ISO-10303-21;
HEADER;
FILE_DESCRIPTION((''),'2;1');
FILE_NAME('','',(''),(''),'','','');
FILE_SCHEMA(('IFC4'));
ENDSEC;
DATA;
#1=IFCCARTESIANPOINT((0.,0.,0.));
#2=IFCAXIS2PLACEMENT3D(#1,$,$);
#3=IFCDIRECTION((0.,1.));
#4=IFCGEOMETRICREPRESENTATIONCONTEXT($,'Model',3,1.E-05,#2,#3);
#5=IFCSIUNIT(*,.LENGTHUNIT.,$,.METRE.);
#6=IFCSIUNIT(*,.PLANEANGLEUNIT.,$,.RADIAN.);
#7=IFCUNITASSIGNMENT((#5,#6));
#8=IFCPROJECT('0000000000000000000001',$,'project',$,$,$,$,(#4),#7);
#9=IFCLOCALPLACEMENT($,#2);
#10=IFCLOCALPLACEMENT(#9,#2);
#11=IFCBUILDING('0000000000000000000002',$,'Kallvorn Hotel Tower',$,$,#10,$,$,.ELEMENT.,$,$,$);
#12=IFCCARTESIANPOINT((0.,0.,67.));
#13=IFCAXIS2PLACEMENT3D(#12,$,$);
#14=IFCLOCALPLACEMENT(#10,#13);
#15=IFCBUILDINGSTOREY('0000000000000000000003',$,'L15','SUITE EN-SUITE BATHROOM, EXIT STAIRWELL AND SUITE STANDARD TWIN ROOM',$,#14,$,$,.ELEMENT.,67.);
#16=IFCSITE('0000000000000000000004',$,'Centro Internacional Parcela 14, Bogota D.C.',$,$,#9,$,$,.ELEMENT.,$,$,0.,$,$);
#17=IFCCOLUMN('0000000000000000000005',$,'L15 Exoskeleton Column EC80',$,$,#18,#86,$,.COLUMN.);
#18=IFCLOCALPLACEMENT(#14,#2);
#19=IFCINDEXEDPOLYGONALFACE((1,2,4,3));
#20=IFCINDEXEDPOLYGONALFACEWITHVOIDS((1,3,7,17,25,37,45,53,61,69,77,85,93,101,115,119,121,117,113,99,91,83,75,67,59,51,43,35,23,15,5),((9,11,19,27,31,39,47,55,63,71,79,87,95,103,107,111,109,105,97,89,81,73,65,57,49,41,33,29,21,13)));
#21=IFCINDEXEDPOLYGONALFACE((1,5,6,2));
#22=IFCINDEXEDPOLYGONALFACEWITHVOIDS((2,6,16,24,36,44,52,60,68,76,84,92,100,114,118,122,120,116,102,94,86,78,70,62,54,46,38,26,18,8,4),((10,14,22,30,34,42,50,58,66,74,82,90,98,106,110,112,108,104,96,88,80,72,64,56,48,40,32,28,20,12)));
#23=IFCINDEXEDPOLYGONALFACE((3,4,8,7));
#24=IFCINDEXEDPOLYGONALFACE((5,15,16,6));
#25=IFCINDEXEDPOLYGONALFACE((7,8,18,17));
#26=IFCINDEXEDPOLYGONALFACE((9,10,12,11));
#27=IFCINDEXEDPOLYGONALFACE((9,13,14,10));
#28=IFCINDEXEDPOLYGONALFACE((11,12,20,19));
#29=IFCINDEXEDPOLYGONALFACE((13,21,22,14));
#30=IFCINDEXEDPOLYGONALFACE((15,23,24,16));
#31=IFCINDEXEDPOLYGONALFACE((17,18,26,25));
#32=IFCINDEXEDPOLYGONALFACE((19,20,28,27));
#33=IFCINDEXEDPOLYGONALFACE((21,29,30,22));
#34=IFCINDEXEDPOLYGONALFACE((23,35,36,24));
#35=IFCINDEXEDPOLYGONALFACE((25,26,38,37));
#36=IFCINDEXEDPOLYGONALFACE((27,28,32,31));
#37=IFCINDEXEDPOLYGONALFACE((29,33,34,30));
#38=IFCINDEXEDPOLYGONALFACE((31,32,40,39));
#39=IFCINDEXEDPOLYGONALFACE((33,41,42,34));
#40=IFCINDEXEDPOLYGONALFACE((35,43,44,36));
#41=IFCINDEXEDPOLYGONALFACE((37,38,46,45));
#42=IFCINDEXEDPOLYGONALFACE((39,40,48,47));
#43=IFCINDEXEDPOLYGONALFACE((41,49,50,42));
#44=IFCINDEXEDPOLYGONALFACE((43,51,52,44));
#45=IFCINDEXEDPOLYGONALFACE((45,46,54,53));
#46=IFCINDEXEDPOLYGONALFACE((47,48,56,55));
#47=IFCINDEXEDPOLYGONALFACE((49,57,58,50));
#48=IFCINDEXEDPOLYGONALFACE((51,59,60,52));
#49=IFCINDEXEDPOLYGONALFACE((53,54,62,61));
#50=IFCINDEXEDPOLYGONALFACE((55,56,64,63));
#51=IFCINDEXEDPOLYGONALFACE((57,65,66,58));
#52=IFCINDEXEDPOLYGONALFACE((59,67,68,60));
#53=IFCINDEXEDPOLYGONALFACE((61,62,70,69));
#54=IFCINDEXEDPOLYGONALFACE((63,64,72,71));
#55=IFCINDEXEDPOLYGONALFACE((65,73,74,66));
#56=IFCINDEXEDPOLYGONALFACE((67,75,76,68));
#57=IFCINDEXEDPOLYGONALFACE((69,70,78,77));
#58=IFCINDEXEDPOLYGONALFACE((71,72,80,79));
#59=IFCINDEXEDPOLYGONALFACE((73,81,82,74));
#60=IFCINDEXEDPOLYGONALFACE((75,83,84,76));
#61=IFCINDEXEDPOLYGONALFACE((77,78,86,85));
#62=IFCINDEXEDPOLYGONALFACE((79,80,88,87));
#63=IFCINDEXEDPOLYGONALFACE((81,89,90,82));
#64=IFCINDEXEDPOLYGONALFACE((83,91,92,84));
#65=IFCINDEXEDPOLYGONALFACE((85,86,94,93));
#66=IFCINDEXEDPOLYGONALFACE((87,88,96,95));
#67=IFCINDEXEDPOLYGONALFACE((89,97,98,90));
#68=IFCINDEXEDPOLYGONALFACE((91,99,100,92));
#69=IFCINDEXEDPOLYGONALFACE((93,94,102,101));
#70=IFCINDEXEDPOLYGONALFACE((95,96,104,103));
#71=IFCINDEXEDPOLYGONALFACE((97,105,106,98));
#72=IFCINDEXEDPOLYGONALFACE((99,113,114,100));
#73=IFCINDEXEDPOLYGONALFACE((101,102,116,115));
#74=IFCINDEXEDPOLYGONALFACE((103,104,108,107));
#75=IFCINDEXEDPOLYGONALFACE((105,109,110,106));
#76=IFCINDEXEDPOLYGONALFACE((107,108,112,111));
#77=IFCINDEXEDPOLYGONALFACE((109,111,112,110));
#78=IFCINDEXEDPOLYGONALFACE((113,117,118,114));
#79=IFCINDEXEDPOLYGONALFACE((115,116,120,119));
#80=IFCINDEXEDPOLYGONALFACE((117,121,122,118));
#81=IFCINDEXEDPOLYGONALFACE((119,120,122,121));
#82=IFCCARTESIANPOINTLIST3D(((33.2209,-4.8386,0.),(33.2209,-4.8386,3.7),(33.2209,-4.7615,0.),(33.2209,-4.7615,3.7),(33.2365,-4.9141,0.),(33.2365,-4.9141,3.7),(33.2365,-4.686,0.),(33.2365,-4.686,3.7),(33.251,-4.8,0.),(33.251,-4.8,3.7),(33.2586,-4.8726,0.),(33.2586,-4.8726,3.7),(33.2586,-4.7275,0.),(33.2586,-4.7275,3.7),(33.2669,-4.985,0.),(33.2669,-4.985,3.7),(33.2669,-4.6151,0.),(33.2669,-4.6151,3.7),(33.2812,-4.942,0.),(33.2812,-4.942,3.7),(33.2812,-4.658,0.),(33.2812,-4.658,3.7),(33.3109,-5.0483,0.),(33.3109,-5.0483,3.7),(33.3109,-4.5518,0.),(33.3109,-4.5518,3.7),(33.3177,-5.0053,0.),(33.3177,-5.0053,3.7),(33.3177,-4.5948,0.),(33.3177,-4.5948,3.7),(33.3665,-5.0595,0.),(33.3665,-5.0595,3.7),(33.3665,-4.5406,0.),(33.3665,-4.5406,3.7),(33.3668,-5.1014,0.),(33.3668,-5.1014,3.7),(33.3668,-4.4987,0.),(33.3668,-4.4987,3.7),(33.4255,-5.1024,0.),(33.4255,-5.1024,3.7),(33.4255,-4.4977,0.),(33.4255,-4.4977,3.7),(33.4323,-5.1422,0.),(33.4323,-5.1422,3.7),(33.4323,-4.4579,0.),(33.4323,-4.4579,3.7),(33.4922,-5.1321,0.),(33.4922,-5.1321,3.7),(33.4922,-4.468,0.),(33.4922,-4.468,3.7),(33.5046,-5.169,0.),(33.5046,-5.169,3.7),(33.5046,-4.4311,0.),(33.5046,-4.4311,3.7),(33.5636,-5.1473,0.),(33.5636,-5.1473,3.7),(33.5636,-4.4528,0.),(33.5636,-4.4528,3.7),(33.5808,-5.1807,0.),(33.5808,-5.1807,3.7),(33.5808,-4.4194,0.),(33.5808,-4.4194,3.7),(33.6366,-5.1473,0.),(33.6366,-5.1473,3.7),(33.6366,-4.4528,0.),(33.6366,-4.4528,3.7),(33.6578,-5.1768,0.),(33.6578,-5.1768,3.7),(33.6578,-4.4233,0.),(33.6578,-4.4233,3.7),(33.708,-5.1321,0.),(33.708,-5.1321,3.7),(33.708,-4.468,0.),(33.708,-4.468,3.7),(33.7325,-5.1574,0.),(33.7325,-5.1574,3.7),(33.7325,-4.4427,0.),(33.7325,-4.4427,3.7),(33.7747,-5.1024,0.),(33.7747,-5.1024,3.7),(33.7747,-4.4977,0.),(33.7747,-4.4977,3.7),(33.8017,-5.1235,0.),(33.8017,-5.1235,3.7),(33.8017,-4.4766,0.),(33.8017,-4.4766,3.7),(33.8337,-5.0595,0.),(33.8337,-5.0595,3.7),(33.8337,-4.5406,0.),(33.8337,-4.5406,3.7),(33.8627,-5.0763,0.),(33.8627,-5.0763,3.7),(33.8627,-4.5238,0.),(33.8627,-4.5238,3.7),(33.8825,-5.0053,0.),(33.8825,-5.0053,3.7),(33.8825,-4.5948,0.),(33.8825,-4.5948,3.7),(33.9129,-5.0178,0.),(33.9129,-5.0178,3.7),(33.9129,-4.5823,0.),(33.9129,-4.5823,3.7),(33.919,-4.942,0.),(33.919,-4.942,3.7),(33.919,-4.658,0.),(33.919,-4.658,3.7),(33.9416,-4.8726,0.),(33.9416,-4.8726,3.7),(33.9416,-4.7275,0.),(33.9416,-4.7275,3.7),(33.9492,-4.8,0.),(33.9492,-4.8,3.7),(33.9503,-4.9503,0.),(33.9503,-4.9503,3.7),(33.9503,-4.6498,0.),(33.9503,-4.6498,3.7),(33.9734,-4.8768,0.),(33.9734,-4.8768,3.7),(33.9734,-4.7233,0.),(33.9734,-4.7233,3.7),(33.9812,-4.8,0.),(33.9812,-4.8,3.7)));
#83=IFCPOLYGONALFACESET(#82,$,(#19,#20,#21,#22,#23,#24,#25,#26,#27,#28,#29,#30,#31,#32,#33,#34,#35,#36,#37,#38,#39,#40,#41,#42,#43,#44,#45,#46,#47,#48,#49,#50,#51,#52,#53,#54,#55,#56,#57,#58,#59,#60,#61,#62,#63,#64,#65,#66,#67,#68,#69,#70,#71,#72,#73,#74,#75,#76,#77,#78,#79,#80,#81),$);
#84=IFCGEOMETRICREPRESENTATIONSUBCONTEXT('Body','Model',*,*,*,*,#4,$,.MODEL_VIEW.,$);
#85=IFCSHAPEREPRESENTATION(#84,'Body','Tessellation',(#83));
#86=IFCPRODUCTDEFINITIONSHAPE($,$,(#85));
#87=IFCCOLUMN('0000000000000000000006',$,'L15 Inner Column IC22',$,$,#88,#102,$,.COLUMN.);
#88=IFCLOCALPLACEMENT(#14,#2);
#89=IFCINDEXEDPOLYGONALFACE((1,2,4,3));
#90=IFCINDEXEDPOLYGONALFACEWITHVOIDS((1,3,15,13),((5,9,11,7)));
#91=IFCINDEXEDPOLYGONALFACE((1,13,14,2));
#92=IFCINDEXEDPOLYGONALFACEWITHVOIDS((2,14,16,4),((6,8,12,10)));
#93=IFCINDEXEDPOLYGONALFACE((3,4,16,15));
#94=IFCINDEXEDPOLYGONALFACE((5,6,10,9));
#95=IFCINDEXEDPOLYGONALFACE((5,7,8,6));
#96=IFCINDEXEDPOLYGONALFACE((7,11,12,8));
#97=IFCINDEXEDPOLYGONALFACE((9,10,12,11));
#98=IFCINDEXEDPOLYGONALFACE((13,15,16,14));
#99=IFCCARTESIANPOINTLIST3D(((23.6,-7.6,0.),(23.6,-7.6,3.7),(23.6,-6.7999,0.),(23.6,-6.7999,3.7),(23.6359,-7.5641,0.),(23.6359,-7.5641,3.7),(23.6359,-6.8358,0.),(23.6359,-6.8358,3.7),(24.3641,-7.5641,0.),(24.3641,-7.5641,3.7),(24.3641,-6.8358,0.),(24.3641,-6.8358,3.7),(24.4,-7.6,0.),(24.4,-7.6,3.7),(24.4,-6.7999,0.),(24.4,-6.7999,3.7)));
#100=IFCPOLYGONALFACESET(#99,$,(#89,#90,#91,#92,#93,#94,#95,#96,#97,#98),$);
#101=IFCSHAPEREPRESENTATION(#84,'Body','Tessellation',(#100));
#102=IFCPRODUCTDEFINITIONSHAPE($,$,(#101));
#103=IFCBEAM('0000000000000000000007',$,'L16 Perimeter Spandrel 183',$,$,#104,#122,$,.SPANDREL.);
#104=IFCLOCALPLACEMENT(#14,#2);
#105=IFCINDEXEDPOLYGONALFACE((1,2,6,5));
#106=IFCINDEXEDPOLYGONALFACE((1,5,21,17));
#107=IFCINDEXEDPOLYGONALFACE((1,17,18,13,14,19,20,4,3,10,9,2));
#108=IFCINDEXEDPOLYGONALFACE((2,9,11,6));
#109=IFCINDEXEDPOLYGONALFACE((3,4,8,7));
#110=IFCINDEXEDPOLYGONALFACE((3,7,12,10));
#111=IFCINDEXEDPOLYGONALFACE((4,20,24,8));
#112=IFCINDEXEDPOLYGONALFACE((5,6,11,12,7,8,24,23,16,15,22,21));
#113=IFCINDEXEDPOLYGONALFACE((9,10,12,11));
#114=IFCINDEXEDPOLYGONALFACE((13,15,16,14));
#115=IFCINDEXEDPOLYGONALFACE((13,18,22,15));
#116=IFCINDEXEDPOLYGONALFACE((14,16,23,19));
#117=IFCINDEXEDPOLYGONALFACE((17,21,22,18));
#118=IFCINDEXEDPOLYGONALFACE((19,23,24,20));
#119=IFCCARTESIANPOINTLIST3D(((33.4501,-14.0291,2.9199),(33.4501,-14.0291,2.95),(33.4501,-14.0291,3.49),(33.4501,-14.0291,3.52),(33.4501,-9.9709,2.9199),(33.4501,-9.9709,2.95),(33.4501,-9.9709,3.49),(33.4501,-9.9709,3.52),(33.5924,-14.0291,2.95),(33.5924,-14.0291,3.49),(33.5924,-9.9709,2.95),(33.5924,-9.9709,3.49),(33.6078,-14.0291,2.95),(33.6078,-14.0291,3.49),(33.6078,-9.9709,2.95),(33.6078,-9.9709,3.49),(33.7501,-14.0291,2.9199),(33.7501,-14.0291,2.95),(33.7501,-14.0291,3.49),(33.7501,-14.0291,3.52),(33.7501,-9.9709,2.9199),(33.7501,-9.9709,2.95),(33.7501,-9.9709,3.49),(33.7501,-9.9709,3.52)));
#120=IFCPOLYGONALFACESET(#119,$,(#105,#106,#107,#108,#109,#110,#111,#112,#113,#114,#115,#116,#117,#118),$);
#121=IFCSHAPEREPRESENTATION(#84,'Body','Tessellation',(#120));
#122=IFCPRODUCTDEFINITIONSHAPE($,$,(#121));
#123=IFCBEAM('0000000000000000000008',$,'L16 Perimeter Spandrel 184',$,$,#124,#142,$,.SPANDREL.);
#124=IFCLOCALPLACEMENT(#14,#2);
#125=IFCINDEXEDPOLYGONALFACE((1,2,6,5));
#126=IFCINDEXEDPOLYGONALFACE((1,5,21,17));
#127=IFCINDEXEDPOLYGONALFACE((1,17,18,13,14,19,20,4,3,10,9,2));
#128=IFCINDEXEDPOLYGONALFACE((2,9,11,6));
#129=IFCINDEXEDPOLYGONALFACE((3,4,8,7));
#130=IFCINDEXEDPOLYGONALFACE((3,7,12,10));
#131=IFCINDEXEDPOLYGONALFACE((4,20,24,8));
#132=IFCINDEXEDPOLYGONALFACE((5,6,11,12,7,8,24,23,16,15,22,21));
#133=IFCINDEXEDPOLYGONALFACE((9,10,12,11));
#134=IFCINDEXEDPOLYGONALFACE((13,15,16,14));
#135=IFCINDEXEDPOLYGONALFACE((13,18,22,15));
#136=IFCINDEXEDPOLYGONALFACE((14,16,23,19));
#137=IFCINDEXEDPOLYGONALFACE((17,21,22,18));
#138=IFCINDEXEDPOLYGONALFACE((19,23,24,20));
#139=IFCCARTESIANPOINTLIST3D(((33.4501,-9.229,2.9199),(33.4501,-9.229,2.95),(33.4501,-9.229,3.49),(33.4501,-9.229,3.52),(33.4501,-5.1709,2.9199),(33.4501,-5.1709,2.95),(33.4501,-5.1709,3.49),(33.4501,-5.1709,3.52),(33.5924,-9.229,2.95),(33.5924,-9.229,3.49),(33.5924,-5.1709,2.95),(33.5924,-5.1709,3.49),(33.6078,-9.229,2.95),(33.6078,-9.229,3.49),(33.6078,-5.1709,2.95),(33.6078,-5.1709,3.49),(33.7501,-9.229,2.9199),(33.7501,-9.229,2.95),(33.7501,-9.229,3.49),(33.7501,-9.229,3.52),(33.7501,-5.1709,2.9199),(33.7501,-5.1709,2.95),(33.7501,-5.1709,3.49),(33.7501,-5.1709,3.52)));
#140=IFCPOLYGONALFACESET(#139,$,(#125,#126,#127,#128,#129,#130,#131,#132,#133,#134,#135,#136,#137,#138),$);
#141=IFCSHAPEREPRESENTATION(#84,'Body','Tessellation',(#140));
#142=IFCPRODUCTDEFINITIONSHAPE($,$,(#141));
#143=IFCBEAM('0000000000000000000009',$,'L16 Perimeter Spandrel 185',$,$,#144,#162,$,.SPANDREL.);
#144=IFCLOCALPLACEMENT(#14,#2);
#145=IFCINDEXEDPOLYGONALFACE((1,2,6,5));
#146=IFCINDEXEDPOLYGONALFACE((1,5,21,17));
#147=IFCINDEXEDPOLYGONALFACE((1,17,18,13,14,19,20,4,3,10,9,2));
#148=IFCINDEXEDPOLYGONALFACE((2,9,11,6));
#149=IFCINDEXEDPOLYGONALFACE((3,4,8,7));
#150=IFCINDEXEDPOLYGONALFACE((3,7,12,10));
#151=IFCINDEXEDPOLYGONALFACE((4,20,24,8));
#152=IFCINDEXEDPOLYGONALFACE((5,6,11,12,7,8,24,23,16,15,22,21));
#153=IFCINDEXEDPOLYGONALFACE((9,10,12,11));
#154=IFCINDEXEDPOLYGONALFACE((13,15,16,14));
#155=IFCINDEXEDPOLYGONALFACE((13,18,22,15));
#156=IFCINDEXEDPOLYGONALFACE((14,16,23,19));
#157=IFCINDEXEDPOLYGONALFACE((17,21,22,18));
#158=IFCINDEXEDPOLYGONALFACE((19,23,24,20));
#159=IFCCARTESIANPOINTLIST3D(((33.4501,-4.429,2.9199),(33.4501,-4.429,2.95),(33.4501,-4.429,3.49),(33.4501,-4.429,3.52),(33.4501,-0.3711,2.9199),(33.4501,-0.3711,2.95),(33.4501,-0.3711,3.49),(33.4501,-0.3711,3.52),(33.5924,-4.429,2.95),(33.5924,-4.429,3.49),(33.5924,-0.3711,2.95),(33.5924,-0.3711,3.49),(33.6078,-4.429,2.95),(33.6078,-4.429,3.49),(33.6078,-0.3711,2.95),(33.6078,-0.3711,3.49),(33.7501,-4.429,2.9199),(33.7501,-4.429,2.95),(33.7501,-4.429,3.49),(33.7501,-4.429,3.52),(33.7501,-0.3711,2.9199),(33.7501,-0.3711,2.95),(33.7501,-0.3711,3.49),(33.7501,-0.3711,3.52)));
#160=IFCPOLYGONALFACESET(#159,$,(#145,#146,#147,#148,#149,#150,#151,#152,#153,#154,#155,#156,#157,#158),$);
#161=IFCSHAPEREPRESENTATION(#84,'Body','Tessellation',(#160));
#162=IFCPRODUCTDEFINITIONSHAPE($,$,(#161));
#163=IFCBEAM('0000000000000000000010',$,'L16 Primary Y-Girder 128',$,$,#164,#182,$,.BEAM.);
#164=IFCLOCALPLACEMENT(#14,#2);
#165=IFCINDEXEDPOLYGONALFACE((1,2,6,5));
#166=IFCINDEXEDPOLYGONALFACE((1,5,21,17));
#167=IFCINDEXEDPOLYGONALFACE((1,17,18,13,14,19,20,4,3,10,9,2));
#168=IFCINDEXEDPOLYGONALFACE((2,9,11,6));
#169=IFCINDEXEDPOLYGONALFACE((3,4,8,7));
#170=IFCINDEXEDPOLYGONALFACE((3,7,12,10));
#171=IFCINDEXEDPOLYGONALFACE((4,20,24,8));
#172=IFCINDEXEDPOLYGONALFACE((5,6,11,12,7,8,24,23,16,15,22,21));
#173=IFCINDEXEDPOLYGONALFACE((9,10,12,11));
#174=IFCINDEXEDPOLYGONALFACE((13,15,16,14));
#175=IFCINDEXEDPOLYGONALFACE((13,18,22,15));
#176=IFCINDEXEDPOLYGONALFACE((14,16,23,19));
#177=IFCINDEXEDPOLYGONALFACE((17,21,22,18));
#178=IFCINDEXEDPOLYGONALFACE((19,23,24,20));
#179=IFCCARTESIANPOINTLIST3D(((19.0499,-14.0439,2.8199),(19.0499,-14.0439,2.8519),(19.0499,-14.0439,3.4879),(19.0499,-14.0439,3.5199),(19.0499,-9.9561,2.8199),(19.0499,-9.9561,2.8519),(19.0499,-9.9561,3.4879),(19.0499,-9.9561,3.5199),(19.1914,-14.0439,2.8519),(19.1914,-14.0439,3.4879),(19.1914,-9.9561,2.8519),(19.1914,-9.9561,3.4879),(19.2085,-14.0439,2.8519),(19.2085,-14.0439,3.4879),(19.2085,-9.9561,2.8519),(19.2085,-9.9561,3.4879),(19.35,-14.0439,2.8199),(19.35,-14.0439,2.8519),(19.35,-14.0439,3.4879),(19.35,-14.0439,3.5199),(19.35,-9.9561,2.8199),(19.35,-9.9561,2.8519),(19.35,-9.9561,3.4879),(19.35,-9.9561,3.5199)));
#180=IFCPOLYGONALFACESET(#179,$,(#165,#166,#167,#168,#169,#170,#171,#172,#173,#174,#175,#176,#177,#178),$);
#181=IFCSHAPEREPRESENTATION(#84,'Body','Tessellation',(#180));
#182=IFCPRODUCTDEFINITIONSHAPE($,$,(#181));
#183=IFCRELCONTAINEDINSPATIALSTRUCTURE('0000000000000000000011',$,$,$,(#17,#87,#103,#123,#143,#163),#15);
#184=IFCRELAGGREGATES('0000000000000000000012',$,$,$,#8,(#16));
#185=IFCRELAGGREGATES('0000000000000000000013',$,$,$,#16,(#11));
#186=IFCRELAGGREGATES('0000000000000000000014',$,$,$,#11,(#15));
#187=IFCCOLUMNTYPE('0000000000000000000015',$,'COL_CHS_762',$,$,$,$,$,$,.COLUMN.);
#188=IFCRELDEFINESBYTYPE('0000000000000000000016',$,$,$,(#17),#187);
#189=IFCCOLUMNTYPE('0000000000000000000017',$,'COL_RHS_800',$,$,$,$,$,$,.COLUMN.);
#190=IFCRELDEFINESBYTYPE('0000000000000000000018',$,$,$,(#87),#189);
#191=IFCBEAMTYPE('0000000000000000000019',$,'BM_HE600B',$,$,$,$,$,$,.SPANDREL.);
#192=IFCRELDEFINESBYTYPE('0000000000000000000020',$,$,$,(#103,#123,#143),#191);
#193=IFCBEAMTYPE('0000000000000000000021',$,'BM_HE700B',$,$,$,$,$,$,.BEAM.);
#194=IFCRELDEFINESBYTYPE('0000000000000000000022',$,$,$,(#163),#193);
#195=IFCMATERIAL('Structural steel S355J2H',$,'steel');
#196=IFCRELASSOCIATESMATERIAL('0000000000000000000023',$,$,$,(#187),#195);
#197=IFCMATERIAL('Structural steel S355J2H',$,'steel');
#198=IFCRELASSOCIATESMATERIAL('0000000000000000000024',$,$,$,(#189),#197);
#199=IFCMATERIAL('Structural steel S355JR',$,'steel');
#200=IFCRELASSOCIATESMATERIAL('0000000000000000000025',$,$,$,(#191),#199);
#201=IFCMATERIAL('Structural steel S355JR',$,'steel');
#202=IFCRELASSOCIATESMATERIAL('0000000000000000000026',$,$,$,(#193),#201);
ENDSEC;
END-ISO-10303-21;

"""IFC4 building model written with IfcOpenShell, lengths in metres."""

from ifc_helpers import new_model, si_unit, direction, frame, origin, origin_2d, place, context, subcontext, project, spatial, hollow_rectangle, hollow_circle, i_section, extrude, material, material_profile, profile_set, type_object, element, save


model = new_model("IFC4")

# Units and contexts
model_context = context("Model", 3, precision=1e-05, world=origin(), true_north=direction((0.0, 1.0)))
body_context = subcontext(model_context, "Body", "Model", "MODEL_VIEW")
ifc_project = project(units=[si_unit("LENGTHUNIT", "METRE"), si_unit("PLANEANGLEUNIT", "RADIAN")], contexts=[model_context])

# Site, building, storey
site_placement = place(None, origin())
site = spatial("IfcSite", under=ifc_project, at=site_placement, Name="Centro Internacional Parcela 14, Bogota D.C.", CompositionType="ELEMENT", RefElevation=0.0)
building_placement = place(site_placement, origin())
building = spatial("IfcBuilding", under=site, at=building_placement, Name="Kallvorn Hotel Tower", CompositionType="ELEMENT")
storey_placement = place(building_placement, frame((0.0, 0.0, 67.0)))
storey = spatial("IfcBuildingStorey", under=building, at=storey_placement, Name="L15", Description="SUITE EN-SUITE BATHROOM, EXIT STAIRWELL AND SUITE STANDARD TWIN ROOM", CompositionType="ELEMENT", Elevation=67.0)

# Columns
ifc_material_1 = material(Name="Structural steel S355J2H", Category="steel")
ifc_material_profile_1 = material_profile(ifc_material_1, hollow_circle(Radius=0.3811, WallThickness=0.032, at=origin_2d()), Name="CHS 762x32")
ifc_profile_set_1 = profile_set([ifc_material_profile_1], Name="Structural steel S355J2H")
column_type_1 = type_object("IfcColumnType", Name="COL_CHS_762", PredefinedType="COLUMN", material=ifc_profile_set_1)
for number, where, z_axis, x_axis, name in (
    (1, (33.6001, -4.8, 0.0), (0.0, 0.0, 1.0), (1.0, 0.0, 0.0), "L15 Exoskeleton Column EC80"),
):
    element("IfcColumn", number, at=place(storey_placement, frame(where, z_axis=z_axis, x_axis=x_axis)), inside=storey, type_object=column_type_1, Name=name, PredefinedType="COLUMN", context=body_context, shape_type="SweptSolid", body=[
        extrude(hollow_circle(Radius=0.3811, WallThickness=0.032, at=origin_2d()), origin(), (0.0, 0.0, 1.0), 3.7),
    ])
ifc_material_2 = material(Name="Structural steel S355J2H", Category="steel")
ifc_material_profile_2 = material_profile(ifc_material_2, hollow_rectangle(XDim=0.8, YDim=0.8, WallThickness=0.0359, at=origin_2d()), Name="RHS 800x800x36")
ifc_profile_set_2 = profile_set([ifc_material_profile_2], Name="Structural steel S355J2H")
column_type_2 = type_object("IfcColumnType", Name="COL_RHS_800", PredefinedType="COLUMN", material=ifc_profile_set_2)
column_placement = place(storey_placement, frame((24.0, -7.2, 0.0), z_axis=(0.0, 0.0, 1.0), x_axis=(1.0, 0.0, 0.0)))
element("IfcColumn", 2, at=column_placement, inside=storey, type_object=column_type_2, Name="L15 Inner Column IC22", PredefinedType="COLUMN", context=body_context, shape_type="SweptSolid", body=[
    extrude(hollow_rectangle(XDim=0.8, YDim=0.8, WallThickness=0.0359, at=origin_2d()), origin(), (0.0, 0.0, 1.0), 3.7),
])

# Beams
ifc_material_3 = material(Name="Structural steel S355JR", Category="steel")
ifc_material_profile_3 = material_profile(ifc_material_3, i_section(OverallWidth=0.3, OverallDepth=0.6001, WebThickness=0.0154, FlangeThickness=0.03, at=origin_2d()), Name="HE 600 B")
ifc_profile_set_3 = profile_set([ifc_material_profile_3], Name="Structural steel S355JR")
beam_type_1 = type_object("IfcBeamType", Name="BM_HE600B", PredefinedType="SPANDREL", material=ifc_profile_set_3)
for number, where, z_axis, x_axis, name in (
    (3, (33.6001, -14.0291, 3.22), (0.0, 1.0, 0.0), (-1.0, 0.0, 0.0), "L16 Perimeter Spandrel 183"),
    (4, (33.6001, -9.229, 3.22), (0.0, 1.0, 0.0), (-1.0, 0.0, 0.0), "L16 Perimeter Spandrel 184"),
):
    element("IfcBeam", number, at=place(storey_placement, frame(where, z_axis=z_axis, x_axis=x_axis)), inside=storey, type_object=beam_type_1, Name=name, PredefinedType="SPANDREL", context=body_context, shape_type="SweptSolid", body=[
        extrude(i_section(OverallWidth=0.3, OverallDepth=0.6001, WebThickness=0.0154, FlangeThickness=0.03, at=origin_2d()), origin(), (0.0, 0.0, 1.0), 4.0581),
    ])
beam_1_placement = place(storey_placement, frame((33.6001, -4.429, 3.22), z_axis=(0.0, 1.0, 0.0), x_axis=(-1.0, 0.0, 0.0)))
element("IfcBeam", 5, at=beam_1_placement, inside=storey, type_object=beam_type_1, Name="L16 Perimeter Spandrel 185", PredefinedType="SPANDREL", context=body_context, shape_type="SweptSolid", body=[
    extrude(i_section(OverallWidth=0.3, OverallDepth=0.6001, WebThickness=0.0154, FlangeThickness=0.03, at=origin_2d()), origin(), (0.0, 0.0, 1.0), 4.0579),
])
ifc_material_4 = material(Name="Structural steel S355JR", Category="steel")
ifc_material_profile_4 = material_profile(ifc_material_4, i_section(OverallWidth=0.3, OverallDepth=0.7, WebThickness=0.0171, FlangeThickness=0.032, at=origin_2d()), Name="HE 700 B")
ifc_profile_set_4 = profile_set([ifc_material_profile_4], Name="Structural steel S355JR")
beam_type_2 = type_object("IfcBeamType", Name="BM_HE700B", PredefinedType="BEAM", material=ifc_profile_set_4)
beam_2_placement = place(storey_placement, frame((19.2, -14.0439, 3.1699), z_axis=(0.0, 1.0, 0.0), x_axis=(-1.0, 0.0, 0.0)))
element("IfcBeam", 6, at=beam_2_placement, inside=storey, type_object=beam_type_2, Name="L16 Primary Y-Girder 128", PredefinedType="BEAM", context=body_context, shape_type="SweptSolid", body=[
    extrude(i_section(OverallWidth=0.3, OverallDepth=0.7, WebThickness=0.0171, FlangeThickness=0.032, at=origin_2d()), origin(), (0.0, 0.0, 1.0), 4.0879),
])

save(model, "model.ifc")
